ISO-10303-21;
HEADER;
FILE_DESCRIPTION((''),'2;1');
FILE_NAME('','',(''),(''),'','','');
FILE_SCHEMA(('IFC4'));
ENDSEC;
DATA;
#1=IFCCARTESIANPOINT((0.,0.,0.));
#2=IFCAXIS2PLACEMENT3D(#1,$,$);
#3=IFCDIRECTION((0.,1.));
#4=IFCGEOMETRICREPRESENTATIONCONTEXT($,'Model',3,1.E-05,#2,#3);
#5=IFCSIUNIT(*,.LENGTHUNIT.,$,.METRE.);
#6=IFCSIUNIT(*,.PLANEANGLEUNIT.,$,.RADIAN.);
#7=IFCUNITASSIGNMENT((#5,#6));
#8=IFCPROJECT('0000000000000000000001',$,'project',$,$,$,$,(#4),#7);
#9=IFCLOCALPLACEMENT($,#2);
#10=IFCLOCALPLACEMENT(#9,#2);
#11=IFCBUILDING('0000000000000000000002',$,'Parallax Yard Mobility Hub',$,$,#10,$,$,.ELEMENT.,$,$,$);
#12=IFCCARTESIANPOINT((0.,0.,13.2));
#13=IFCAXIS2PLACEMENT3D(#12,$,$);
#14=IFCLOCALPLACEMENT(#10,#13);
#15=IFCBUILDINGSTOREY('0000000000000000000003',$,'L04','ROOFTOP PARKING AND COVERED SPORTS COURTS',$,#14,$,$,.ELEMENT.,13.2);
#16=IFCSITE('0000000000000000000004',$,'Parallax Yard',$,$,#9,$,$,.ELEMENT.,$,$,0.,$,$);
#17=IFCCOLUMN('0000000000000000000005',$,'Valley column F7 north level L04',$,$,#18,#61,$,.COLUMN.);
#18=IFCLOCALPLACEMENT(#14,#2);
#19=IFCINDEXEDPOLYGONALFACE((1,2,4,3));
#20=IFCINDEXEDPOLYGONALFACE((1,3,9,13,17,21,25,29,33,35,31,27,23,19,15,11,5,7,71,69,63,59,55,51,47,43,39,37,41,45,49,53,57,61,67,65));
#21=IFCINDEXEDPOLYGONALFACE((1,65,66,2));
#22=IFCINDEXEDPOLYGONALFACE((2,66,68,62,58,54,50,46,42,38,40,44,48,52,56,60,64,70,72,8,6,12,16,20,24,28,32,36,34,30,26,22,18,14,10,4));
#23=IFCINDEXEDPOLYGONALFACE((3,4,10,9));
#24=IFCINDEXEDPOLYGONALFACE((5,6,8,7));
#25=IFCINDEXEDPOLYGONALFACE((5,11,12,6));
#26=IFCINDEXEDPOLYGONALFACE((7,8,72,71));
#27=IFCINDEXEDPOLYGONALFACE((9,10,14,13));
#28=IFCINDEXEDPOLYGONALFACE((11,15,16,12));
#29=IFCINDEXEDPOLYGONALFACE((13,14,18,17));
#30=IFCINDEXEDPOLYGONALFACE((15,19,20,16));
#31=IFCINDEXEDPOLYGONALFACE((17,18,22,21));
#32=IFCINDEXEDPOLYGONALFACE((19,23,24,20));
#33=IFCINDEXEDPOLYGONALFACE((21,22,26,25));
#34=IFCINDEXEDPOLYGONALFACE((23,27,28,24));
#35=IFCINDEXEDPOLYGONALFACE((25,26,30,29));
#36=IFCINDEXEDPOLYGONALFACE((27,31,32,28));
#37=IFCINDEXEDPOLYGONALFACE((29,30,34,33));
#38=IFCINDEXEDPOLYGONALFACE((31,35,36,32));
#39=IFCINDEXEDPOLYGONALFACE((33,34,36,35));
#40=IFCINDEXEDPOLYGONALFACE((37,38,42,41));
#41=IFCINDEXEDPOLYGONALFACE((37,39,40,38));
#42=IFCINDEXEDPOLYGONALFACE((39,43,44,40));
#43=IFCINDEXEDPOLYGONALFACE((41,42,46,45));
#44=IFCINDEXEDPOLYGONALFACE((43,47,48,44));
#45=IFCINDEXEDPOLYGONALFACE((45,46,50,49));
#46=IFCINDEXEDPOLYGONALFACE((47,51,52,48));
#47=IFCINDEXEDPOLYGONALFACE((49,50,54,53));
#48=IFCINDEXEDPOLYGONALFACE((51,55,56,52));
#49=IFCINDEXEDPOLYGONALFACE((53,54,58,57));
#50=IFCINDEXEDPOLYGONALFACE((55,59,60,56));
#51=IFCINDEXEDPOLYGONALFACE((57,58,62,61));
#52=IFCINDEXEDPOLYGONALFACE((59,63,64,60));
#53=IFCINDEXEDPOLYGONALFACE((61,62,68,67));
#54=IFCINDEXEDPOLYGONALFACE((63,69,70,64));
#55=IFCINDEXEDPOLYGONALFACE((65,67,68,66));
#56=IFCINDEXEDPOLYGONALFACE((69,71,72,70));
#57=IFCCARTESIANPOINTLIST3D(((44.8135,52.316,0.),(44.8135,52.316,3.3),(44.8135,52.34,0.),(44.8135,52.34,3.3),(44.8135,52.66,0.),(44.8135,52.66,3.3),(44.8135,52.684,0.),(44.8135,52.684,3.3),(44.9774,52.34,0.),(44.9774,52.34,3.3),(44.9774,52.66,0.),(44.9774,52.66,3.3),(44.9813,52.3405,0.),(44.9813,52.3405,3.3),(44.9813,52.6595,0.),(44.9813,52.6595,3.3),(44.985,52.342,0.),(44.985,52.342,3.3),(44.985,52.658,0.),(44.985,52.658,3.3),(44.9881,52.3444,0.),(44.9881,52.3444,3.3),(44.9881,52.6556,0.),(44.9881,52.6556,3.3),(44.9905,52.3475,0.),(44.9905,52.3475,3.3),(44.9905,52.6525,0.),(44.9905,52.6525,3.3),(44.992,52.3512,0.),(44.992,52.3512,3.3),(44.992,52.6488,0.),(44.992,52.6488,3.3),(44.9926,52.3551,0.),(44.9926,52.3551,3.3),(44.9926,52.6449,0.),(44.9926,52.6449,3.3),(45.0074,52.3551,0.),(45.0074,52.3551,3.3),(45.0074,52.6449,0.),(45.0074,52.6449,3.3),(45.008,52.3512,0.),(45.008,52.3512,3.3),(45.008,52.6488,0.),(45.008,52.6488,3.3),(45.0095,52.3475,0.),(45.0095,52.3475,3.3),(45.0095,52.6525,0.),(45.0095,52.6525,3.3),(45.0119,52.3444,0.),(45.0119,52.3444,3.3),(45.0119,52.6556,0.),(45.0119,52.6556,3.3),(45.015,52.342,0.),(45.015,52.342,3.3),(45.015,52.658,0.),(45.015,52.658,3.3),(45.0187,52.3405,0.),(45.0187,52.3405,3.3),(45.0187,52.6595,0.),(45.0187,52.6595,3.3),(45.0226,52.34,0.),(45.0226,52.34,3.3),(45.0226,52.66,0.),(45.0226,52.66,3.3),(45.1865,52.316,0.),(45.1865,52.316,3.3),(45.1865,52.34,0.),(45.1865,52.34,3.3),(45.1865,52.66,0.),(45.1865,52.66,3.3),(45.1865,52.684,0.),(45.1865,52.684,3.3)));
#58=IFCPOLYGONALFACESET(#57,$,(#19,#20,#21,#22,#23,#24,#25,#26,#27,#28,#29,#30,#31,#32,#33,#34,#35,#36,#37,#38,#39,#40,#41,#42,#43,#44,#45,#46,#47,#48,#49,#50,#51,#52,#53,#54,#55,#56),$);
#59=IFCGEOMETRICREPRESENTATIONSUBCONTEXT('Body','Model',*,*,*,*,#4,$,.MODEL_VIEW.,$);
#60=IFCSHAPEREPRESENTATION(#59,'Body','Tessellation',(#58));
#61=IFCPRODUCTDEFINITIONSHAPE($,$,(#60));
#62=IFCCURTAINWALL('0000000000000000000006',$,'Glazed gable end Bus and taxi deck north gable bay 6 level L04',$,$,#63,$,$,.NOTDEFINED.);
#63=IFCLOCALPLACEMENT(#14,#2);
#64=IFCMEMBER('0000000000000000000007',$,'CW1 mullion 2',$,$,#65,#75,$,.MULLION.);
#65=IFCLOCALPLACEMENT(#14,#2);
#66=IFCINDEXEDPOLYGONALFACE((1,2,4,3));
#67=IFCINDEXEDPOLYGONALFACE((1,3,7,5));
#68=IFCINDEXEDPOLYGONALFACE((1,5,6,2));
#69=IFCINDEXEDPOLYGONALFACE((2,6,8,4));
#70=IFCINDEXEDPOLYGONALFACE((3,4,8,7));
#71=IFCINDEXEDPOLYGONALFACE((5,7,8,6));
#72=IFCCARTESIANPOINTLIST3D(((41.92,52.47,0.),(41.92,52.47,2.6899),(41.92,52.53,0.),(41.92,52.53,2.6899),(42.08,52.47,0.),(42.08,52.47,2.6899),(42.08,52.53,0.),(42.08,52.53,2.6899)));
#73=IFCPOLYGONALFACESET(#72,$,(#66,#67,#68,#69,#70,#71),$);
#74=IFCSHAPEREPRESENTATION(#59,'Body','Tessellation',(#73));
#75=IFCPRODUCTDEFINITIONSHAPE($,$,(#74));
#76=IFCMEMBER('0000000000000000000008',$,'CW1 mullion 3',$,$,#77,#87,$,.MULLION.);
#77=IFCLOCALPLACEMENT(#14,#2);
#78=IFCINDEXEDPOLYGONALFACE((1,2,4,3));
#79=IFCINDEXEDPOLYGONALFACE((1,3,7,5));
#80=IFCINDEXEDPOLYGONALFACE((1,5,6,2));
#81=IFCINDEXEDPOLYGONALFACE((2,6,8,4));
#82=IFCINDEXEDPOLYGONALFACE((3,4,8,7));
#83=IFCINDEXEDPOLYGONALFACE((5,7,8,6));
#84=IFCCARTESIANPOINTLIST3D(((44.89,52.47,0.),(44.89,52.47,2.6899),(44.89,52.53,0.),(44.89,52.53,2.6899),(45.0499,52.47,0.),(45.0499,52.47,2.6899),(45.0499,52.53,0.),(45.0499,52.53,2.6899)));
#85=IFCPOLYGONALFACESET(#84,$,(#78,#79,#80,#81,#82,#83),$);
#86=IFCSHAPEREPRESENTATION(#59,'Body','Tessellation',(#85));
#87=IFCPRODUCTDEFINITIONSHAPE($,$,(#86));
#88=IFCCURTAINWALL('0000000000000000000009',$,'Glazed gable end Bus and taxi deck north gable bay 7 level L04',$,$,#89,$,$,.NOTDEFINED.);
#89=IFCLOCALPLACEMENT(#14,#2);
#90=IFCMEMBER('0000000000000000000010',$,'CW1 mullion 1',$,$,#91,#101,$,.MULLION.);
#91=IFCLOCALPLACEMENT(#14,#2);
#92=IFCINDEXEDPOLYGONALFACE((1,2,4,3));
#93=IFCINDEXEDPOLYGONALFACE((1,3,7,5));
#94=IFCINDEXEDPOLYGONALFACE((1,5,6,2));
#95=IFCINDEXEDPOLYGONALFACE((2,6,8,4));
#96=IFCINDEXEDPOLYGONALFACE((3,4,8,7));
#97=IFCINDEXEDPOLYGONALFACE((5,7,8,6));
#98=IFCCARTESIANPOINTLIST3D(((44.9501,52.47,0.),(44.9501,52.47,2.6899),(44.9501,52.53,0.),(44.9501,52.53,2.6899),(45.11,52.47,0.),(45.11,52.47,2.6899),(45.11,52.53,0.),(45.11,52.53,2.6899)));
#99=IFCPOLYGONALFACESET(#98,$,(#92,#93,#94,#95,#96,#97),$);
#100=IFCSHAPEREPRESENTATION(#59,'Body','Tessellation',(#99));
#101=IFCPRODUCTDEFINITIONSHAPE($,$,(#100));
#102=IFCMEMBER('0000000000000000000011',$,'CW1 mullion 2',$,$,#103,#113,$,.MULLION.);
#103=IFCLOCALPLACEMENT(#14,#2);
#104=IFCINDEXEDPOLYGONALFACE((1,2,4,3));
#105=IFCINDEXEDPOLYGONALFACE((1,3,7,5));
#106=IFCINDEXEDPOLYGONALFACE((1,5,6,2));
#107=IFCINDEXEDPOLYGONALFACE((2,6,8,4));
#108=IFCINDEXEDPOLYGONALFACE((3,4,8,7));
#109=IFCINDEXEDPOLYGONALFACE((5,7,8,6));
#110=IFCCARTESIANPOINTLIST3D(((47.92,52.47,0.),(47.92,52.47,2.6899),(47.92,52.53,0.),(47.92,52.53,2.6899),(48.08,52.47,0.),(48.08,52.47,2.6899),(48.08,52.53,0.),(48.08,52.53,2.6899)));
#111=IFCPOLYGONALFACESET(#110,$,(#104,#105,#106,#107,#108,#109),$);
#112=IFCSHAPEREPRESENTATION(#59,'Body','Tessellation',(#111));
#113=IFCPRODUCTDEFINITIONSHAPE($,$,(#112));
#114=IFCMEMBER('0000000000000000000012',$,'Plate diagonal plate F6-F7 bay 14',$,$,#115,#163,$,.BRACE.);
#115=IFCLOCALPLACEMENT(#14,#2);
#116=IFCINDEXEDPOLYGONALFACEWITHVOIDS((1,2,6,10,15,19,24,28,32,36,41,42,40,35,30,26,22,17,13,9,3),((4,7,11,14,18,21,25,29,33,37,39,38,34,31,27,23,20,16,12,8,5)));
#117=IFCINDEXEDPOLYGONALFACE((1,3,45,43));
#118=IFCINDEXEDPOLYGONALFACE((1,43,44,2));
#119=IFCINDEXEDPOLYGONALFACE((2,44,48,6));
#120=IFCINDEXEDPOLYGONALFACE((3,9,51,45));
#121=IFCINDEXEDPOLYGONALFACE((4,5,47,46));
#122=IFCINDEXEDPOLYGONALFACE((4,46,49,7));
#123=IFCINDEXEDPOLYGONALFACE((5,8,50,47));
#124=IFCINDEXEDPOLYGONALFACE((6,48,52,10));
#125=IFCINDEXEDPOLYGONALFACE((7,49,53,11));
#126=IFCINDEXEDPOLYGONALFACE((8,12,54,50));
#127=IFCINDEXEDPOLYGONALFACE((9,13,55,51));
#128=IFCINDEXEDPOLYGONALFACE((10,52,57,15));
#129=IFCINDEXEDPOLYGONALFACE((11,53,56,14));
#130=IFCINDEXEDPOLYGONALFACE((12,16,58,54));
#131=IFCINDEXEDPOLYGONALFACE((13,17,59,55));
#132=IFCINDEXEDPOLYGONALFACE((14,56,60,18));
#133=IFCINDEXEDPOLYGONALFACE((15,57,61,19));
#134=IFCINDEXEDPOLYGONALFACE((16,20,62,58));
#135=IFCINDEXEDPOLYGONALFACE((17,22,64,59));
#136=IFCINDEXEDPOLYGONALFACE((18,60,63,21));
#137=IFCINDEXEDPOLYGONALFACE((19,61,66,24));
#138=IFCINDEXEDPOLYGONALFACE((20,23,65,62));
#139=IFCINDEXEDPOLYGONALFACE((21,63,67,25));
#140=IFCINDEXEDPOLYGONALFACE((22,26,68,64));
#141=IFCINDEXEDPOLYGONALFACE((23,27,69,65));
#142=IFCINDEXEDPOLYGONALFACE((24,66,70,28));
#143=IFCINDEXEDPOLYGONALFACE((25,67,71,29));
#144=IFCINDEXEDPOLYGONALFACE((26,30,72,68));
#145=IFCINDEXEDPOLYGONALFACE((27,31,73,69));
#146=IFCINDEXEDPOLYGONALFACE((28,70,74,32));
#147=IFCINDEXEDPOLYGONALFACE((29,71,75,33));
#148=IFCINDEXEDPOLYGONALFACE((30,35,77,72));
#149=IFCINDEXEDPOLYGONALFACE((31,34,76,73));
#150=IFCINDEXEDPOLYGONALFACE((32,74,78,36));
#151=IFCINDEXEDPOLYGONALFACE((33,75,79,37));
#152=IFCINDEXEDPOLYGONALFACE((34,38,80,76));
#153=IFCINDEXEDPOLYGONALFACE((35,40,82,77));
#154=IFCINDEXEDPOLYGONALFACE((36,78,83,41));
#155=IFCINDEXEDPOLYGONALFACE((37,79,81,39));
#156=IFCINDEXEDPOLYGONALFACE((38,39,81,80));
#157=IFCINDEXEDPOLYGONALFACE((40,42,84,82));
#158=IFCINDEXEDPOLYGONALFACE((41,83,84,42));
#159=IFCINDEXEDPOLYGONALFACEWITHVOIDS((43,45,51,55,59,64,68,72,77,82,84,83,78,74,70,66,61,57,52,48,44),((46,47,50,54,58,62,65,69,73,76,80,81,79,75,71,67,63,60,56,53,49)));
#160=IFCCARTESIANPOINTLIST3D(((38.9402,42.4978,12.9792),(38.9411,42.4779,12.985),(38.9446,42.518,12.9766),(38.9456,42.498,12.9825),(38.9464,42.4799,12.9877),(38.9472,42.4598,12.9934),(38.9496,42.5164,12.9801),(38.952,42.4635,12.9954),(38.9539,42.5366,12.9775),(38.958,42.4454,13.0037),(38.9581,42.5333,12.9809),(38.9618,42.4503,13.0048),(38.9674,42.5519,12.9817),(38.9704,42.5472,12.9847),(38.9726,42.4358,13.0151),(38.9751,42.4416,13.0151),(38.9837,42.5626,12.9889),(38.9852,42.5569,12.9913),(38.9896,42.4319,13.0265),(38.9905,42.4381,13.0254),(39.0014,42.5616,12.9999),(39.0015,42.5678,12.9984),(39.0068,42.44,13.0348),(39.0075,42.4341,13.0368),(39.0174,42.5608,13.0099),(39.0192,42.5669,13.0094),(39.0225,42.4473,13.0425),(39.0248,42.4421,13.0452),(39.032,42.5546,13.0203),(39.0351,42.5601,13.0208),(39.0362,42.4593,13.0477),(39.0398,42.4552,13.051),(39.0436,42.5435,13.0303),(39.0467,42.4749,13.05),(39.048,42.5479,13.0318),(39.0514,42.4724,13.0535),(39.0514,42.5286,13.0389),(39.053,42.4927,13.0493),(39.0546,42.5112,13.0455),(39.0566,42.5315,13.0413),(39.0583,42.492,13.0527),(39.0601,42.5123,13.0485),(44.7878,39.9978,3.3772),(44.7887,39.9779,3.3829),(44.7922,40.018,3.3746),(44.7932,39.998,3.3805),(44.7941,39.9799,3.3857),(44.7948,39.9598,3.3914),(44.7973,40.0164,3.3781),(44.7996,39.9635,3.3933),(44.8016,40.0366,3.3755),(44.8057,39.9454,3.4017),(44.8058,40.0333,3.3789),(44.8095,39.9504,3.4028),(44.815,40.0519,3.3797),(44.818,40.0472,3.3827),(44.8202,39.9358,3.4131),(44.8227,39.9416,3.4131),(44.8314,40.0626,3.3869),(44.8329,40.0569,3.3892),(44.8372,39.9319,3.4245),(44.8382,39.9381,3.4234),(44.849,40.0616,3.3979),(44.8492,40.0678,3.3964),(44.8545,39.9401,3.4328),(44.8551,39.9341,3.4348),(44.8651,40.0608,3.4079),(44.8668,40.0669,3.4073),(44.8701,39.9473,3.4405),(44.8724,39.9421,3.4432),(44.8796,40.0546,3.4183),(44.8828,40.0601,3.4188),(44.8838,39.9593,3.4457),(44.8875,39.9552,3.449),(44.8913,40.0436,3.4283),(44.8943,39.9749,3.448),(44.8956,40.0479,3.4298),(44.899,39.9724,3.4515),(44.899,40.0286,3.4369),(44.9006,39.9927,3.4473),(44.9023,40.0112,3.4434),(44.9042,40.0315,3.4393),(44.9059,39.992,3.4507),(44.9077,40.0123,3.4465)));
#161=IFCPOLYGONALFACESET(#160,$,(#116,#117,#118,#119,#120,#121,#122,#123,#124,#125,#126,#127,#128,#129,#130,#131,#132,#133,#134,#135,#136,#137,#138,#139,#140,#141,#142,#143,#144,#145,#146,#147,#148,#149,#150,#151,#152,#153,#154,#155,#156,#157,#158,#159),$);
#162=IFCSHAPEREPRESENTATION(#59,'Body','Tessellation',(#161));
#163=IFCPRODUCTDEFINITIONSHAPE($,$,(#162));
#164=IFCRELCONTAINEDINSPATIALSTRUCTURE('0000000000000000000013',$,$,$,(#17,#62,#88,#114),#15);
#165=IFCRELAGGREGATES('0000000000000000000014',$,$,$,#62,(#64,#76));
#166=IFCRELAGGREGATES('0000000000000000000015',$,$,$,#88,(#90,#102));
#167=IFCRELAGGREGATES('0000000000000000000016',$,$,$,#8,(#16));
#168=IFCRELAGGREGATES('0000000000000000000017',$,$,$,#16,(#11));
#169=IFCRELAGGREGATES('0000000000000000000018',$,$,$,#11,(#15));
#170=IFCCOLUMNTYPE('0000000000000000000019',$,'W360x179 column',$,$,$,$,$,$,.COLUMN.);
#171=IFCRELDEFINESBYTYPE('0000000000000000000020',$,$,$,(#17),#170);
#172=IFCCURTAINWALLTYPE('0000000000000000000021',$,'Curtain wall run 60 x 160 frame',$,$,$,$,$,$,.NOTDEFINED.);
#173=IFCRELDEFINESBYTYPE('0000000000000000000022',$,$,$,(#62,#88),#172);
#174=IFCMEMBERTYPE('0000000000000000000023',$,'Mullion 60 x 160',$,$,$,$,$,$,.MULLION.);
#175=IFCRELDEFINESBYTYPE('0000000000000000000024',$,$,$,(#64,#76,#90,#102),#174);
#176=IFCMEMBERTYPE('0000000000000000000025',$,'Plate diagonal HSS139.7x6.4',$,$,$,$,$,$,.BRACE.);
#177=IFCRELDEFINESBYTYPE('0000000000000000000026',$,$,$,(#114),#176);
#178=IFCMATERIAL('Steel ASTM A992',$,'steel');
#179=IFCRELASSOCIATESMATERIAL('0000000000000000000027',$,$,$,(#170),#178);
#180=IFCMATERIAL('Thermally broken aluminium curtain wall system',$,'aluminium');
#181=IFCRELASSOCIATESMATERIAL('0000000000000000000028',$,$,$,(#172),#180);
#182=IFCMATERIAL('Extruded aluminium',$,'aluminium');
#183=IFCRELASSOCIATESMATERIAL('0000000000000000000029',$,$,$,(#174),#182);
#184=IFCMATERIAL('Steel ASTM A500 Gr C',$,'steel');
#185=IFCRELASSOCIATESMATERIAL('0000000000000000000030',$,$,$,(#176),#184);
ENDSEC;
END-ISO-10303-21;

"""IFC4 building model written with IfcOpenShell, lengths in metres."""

from ifc_helpers import new_model, si_unit, direction, frame, origin, origin_2d, place, context, subcontext, project, spatial, rectangle, hollow_circle, i_section, extrude, material, material_profile, profile_set, type_object, element, aggregate, save


model = new_model("IFC4")

# Units and contexts
model_context = context("Model", 3, precision=1e-05, world=origin(), true_north=direction((0.0, 1.0)))
body_context = subcontext(model_context, "Body", "Model", "MODEL_VIEW")
ifc_project = project(units=[si_unit("LENGTHUNIT", "METRE"), si_unit("PLANEANGLEUNIT", "RADIAN")], contexts=[model_context])

# Site, building, storey
site_placement = place(None, origin())
site = spatial("IfcSite", under=ifc_project, at=site_placement, Name="Parallax Yard", CompositionType="ELEMENT", RefElevation=0.0)
building_placement = place(site_placement, origin())
building = spatial("IfcBuilding", under=site, at=building_placement, Name="Parallax Yard Mobility Hub", CompositionType="ELEMENT")
storey_placement = place(building_placement, frame((0.0, 0.0, 13.2)))
storey = spatial("IfcBuildingStorey", under=building, at=storey_placement, Name="L04", Description="ROOFTOP PARKING AND COVERED SPORTS COURTS", CompositionType="ELEMENT", Elevation=13.2)

# Column
ifc_material_1 = material(Name="Steel ASTM A992", Category="steel")
ifc_material_profile_1 = material_profile(ifc_material_1, i_section(OverallWidth=0.373, OverallDepth=0.3679, WebThickness=0.0149, FlangeThickness=0.0239, FilletRadius=0.0151, at=origin_2d()), Name="W360x179")
ifc_profile_set_1 = profile_set([ifc_material_profile_1], Name="Steel ASTM A992")
column_type = type_object("IfcColumnType", Name="W360x179 column", PredefinedType="COLUMN", material=ifc_profile_set_1)
column_placement = place(storey_placement, frame((45.0, 52.5, 0.0), z_axis=(0.0, 0.0, 1.0), x_axis=(1.0, 0.0, 0.0)))
element("IfcColumn", 1, at=column_placement, inside=storey, type_object=column_type, Name="Valley column F7 north level L04", PredefinedType="COLUMN", context=body_context, shape_type="SweptSolid", body=[
    extrude(i_section(OverallWidth=0.373, OverallDepth=0.3679, WebThickness=0.0149, FlangeThickness=0.0239, FilletRadius=0.0151, at=origin_2d()), origin(), (0.0, 0.0, 1.0), 3.3),
])

# Curtain walls, members
ifc_material_2 = material(Name="Thermally broken aluminium curtain wall system", Category="aluminium")
curtain_wall_type = type_object("IfcCurtainWallType", Name="Curtain wall run 60 x 160 frame", PredefinedType="NOTDEFINED", material=ifc_material_2)
curtain_wall_1_placement = place(storey_placement, origin())
curtain_wall_1 = element("IfcCurtainWall", 2, at=curtain_wall_1_placement, inside=storey, type_object=curtain_wall_type, Name="Glazed gable end Bus and taxi deck north gable bay 6 level L04", PredefinedType="NOTDEFINED")
ifc_material_3 = material(Name="Extruded aluminium", Category="aluminium")
ifc_material_profile_2 = material_profile(ifc_material_3, rectangle(XDim=0.0601, YDim=0.1599, at=origin_2d()), Name="Mullion 60 x 160")
ifc_profile_set_2 = profile_set([ifc_material_profile_2], Name="Extruded aluminium")
member_type_1 = type_object("IfcMemberType", Name="Mullion 60 x 160", PredefinedType="MULLION", material=ifc_profile_set_2)
member_1_placement = place(storey_placement, frame((42.0, 52.5, 0.0), z_axis=(0.0, 0.0, 1.0), x_axis=(0.0, 1.0, 0.0)))
member_1 = element("IfcMember", 3, at=member_1_placement, type_object=member_type_1, Name="CW1 mullion 2", PredefinedType="MULLION", context=body_context, shape_type="SweptSolid", body=[
    extrude(rectangle(XDim=0.0601, YDim=0.1599, at=origin_2d()), origin(), (0.0, 0.0, 1.0), 2.6899),
])
member_2_placement = place(storey_placement, frame((44.97, 52.5, 0.0), z_axis=(0.0, 0.0, 1.0), x_axis=(0.0, 1.0, 0.0)))
member_2 = element("IfcMember", 4, at=member_2_placement, type_object=member_type_1, Name="CW1 mullion 3", PredefinedType="MULLION", context=body_context, shape_type="SweptSolid", body=[
    extrude(rectangle(XDim=0.0601, YDim=0.1599, at=origin_2d()), origin(), (0.0, 0.0, 1.0), 2.6899),
])
curtain_wall_2_placement = place(storey_placement, origin())
curtain_wall_2 = element("IfcCurtainWall", 5, at=curtain_wall_2_placement, inside=storey, type_object=curtain_wall_type, Name="Glazed gable end Bus and taxi deck north gable bay 7 level L04", PredefinedType="NOTDEFINED")
member_3_placement = place(storey_placement, frame((45.03, 52.5, 0.0), z_axis=(0.0, 0.0, 1.0), x_axis=(0.0, 1.0, 0.0)))
member_3 = element("IfcMember", 6, at=member_3_placement, type_object=member_type_1, Name="CW1 mullion 1", PredefinedType="MULLION", context=body_context, shape_type="SweptSolid", body=[
    extrude(rectangle(XDim=0.0601, YDim=0.1599, at=origin_2d()), origin(), (0.0, 0.0, 1.0), 2.6899),
])
member_4_placement = place(storey_placement, frame((48.0, 52.5, 0.0), z_axis=(0.0, 0.0, 1.0), x_axis=(0.0, 1.0, 0.0)))
member_4 = element("IfcMember", 7, at=member_4_placement, type_object=member_type_1, Name="CW1 mullion 2", PredefinedType="MULLION", context=body_context, shape_type="SweptSolid", body=[
    extrude(rectangle(XDim=0.0601, YDim=0.1599, at=origin_2d()), origin(), (0.0, 0.0, 1.0), 2.6899),
])

# Member
ifc_material_4 = material(Name="Steel ASTM A500 Gr C", Category="steel")
ifc_material_profile_3 = material_profile(ifc_material_4, hollow_circle(Radius=0.0698, WallThickness=0.0063, at=origin_2d()), Name="HSS139.7x6.4")
ifc_profile_set_3 = profile_set([ifc_material_profile_3], Name="Steel ASTM A500 Gr C")
member_type_2 = type_object("IfcMemberType", Name="Plate diagonal HSS139.7x6.4", PredefinedType="BRACE", material=ifc_profile_set_3)
member_5_placement = place(storey_placement, frame((44.8477, 40.0, 3.4131), z_axis=(-0.507735, 0.217068, 0.833718), x_axis=(-0.393104, -0.919494, 0.0)))
element("IfcMember", 8, at=member_5_placement, inside=storey, type_object=member_type_2, Name="Plate diagonal plate F6-F7 bay 14", PredefinedType="BRACE", context=body_context, shape_type="SweptSolid", body=[
    extrude(hollow_circle(Radius=0.0698, WallThickness=0.0063, at=origin_2d()), origin(), (0.0, 0.0, 1.0), 11.5171),
])

aggregate(curtain_wall_1, [member_1, member_2])
aggregate(curtain_wall_2, [member_3, member_4])

save(model, "model.ifc")
